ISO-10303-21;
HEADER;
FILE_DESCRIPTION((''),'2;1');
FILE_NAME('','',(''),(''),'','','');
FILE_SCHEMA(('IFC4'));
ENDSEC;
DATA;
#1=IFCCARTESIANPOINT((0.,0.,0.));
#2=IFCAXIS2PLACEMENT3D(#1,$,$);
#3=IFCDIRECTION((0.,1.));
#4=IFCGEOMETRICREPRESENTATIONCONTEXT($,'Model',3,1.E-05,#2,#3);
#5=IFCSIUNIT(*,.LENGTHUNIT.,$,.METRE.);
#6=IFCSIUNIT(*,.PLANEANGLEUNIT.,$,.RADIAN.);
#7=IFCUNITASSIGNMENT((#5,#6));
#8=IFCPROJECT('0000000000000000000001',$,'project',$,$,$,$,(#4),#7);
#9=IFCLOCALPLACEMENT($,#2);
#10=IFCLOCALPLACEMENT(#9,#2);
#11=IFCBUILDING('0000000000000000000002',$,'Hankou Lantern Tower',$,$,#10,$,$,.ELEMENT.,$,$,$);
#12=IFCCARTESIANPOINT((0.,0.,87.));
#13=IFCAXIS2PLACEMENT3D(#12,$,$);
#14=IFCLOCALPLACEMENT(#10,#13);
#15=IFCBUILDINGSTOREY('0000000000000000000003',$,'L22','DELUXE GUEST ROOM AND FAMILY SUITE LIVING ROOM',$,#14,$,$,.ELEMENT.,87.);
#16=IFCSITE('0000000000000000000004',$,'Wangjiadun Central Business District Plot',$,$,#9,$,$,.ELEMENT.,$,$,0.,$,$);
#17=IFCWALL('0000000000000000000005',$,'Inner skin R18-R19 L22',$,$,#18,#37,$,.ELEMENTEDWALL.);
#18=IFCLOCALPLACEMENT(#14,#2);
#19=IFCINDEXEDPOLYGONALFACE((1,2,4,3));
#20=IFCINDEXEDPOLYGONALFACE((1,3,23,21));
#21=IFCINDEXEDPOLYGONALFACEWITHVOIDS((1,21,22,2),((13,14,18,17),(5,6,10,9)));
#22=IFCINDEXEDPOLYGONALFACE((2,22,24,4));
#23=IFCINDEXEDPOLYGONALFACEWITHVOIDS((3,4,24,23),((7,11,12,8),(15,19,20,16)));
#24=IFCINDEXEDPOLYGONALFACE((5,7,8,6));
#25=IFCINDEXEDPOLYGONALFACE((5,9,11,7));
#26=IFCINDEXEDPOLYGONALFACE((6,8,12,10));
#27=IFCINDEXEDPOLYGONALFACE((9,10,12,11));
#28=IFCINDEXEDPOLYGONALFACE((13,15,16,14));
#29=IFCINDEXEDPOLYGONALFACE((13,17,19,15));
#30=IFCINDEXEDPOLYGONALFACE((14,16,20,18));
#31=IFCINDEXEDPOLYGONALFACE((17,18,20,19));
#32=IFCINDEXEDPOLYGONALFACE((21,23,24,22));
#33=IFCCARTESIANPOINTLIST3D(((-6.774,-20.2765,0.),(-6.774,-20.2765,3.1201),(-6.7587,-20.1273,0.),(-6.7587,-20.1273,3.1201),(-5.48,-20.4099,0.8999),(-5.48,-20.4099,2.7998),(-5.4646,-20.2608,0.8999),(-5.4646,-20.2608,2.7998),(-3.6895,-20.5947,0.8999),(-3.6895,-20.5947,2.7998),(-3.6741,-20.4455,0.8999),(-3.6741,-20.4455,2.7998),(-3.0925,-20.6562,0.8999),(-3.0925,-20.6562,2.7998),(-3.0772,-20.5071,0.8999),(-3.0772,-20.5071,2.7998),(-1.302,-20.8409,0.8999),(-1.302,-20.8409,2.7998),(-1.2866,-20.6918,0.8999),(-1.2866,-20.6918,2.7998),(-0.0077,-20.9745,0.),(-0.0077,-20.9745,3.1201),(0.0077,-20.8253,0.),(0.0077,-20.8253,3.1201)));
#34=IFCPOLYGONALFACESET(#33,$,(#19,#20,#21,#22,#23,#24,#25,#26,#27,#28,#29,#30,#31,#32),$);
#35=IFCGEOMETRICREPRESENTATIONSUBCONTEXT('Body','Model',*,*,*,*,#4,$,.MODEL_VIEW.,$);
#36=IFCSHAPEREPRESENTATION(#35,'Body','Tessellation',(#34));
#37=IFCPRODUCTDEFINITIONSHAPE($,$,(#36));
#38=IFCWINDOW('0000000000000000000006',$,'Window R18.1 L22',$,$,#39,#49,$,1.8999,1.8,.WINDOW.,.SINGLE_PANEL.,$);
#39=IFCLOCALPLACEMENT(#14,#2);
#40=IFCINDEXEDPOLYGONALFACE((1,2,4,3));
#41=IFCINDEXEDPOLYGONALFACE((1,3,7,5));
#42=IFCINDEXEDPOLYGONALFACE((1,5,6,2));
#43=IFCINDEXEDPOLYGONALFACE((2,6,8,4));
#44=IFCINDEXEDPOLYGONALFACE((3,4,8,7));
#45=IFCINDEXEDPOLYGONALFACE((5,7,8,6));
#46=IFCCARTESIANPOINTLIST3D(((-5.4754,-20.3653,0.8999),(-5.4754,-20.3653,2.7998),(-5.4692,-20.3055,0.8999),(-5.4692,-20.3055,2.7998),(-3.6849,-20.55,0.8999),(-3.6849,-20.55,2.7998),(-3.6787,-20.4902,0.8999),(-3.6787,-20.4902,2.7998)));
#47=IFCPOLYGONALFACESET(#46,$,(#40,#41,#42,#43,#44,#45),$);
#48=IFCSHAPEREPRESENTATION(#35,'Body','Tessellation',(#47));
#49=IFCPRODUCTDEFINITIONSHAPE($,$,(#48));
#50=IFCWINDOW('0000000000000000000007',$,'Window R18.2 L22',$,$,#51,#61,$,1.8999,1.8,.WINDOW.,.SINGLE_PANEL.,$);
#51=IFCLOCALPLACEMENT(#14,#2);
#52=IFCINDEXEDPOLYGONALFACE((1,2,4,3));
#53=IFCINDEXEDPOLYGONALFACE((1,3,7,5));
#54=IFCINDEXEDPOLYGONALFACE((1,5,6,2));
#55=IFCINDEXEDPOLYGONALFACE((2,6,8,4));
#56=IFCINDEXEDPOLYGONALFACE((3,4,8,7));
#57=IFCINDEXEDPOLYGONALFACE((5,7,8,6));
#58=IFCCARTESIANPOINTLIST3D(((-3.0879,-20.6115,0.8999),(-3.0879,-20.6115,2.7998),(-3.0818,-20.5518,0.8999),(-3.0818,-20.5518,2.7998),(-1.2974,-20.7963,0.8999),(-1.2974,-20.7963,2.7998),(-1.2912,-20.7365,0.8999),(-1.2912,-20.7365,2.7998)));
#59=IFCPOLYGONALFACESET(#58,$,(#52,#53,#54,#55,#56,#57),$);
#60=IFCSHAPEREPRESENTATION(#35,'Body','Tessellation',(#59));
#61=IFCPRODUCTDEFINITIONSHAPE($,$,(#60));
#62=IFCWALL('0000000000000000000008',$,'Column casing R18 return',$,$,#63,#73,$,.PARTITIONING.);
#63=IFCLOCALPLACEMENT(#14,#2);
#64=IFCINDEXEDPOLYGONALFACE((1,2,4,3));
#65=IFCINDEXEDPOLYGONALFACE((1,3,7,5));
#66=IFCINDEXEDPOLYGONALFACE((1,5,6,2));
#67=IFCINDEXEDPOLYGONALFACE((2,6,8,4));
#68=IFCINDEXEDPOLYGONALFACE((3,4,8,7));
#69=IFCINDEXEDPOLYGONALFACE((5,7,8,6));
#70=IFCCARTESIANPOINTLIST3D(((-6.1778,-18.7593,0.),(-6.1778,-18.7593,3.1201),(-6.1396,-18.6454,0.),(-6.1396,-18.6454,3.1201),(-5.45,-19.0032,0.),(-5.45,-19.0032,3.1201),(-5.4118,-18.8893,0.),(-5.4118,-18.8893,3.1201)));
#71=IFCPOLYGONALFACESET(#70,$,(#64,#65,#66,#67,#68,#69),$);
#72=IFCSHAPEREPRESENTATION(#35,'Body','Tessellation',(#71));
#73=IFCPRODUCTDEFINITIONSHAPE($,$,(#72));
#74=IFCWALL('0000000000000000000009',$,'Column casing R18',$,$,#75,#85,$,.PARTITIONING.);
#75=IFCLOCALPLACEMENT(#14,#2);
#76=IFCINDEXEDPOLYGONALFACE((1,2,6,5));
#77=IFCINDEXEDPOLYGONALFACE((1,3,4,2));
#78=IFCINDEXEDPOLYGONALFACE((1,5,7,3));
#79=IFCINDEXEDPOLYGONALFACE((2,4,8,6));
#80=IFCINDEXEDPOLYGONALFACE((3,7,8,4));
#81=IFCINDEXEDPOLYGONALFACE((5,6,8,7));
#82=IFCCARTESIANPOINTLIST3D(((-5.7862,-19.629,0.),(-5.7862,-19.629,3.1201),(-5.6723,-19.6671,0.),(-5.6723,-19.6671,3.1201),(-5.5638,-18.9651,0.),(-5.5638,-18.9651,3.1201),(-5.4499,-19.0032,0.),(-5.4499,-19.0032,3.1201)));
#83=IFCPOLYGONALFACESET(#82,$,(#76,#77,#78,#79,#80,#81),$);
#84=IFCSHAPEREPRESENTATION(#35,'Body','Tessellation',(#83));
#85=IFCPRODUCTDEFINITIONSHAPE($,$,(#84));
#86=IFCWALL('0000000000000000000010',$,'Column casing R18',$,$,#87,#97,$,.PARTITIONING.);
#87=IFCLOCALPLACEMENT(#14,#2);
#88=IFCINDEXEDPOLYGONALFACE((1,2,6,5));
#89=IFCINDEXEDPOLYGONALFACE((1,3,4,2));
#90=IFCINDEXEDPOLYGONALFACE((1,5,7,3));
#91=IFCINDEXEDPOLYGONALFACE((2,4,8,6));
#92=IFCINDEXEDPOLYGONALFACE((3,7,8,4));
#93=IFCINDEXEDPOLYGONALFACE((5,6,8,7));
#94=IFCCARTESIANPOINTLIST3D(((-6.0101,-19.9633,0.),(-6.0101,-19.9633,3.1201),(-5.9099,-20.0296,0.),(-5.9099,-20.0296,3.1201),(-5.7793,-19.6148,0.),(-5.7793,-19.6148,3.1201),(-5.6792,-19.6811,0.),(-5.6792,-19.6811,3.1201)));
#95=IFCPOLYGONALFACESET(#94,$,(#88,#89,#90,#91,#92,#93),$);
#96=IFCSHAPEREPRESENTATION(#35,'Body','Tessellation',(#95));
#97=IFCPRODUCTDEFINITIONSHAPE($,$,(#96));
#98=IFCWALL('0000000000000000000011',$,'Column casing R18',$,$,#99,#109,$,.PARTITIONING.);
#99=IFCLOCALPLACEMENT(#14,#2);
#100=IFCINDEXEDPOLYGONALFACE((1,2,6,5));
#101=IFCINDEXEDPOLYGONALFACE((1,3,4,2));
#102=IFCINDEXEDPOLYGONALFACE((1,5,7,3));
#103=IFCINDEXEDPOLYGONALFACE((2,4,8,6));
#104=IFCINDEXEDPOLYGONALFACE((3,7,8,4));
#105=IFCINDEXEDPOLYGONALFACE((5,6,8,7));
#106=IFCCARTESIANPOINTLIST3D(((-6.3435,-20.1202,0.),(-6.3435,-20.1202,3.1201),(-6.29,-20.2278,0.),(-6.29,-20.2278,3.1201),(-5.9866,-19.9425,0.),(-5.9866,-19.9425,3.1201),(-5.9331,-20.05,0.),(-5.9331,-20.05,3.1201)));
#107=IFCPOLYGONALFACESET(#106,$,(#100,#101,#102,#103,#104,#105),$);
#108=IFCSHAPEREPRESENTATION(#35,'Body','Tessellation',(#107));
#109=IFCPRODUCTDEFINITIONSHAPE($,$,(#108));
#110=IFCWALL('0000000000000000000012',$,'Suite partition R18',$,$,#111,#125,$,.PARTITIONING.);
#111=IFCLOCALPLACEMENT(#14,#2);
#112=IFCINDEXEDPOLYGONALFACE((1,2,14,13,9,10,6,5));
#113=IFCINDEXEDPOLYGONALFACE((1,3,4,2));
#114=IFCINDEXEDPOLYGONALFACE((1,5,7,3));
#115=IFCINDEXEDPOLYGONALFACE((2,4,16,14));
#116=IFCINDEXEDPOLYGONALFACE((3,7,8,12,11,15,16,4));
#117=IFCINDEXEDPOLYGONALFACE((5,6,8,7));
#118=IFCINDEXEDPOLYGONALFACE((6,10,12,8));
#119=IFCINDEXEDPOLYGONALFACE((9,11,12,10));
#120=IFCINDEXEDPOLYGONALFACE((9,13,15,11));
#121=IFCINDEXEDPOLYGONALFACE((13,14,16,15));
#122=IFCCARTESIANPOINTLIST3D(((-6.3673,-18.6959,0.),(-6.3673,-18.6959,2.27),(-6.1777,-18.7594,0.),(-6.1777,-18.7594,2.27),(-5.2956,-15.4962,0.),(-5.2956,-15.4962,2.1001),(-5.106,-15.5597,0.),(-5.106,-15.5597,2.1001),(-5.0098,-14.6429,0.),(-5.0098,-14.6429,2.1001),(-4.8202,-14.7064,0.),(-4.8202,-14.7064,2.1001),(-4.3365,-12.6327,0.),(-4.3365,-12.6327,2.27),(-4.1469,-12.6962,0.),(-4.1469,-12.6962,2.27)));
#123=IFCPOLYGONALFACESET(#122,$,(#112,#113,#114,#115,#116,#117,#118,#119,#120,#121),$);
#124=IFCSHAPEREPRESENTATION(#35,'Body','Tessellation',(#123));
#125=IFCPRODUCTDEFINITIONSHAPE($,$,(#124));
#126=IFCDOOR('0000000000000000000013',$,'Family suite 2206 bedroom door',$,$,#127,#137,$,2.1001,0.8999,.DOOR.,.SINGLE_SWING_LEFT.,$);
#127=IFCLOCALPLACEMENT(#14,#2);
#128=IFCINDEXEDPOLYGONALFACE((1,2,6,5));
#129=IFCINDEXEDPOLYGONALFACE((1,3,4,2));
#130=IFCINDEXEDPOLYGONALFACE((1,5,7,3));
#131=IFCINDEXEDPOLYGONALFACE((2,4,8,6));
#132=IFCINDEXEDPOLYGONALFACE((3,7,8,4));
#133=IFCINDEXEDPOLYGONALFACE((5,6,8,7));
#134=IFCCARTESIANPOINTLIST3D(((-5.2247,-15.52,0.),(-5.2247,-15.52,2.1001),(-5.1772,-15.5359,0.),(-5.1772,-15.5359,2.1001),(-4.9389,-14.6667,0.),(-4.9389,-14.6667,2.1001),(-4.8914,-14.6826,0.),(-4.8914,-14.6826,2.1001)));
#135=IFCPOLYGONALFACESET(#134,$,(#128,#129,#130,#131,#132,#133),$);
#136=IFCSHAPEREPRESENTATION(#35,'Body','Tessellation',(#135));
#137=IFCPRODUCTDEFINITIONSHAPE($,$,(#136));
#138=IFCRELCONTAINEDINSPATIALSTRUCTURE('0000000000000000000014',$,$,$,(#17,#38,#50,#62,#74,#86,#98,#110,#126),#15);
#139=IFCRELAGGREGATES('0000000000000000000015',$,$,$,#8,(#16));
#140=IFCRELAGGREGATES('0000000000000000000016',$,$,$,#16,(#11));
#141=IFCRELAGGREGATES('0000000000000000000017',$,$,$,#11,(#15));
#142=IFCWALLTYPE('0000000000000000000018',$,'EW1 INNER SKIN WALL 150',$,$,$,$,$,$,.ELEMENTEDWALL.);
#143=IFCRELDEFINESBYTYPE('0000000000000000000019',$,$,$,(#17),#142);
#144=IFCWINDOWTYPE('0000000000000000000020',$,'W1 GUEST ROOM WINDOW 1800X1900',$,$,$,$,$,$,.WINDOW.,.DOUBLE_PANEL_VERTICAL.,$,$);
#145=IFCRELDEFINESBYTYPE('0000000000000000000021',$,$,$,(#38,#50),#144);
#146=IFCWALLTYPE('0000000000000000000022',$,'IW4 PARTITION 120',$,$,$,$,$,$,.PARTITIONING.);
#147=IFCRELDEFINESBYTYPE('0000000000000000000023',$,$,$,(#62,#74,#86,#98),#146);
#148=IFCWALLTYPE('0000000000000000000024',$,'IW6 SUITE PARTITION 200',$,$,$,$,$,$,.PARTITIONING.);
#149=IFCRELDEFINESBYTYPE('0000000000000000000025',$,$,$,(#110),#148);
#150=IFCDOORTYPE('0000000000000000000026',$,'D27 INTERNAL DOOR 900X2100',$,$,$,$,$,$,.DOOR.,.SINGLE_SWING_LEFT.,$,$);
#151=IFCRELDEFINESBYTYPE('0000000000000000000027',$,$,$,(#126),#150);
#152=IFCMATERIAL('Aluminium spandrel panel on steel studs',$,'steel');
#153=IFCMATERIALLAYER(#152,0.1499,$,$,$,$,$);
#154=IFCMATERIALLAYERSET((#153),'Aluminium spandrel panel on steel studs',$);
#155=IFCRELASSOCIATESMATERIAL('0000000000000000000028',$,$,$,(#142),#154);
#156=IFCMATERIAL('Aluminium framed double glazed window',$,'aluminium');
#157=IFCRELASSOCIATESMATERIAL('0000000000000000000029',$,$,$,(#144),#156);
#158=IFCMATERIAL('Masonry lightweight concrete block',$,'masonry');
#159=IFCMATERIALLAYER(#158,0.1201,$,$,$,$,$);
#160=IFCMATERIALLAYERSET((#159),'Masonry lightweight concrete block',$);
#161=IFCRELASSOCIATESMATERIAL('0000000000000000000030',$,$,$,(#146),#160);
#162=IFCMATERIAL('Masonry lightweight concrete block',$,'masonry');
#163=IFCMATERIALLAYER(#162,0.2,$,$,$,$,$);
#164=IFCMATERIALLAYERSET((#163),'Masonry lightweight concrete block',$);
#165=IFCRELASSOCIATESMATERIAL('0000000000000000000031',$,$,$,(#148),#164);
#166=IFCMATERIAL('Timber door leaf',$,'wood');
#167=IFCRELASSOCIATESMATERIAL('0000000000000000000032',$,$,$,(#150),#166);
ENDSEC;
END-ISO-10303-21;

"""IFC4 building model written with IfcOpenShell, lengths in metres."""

from ifc_helpers import new_model, si_unit, direction, frame, frame_2d, origin, place, context, subcontext, project, spatial, rectangle, extrude, material, layer, layer_set, type_object, element, fill, save


model = new_model("IFC4")

# Units and contexts
model_context = context("Model", 3, precision=1e-05, world=origin(), true_north=direction((0.0, 1.0)))
body_context = subcontext(model_context, "Body", "Model", "MODEL_VIEW")
ifc_project = project(units=[si_unit("LENGTHUNIT", "METRE"), si_unit("PLANEANGLEUNIT", "RADIAN")], contexts=[model_context])

# Site, building, storey
site_placement = place(None, origin())
site = spatial("IfcSite", under=ifc_project, at=site_placement, Name="Wangjiadun Central Business District Plot", CompositionType="ELEMENT", RefElevation=0.0)
building_placement = place(site_placement, origin())
building = spatial("IfcBuilding", under=site, at=building_placement, Name="Hankou Lantern Tower", CompositionType="ELEMENT")
storey_placement = place(building_placement, frame((0.0, 0.0, 87.0)))
storey = spatial("IfcBuildingStorey", under=building, at=storey_placement, Name="L22", Description="DELUXE GUEST ROOM AND FAMILY SUITE LIVING ROOM", CompositionType="ELEMENT", Elevation=87.0)

# Wall, openings, windows
ifc_material_1 = material(Name="Aluminium spandrel panel on steel studs", Category="steel")
ifc_layer_1 = layer(ifc_material_1, 0.1499)
ifc_layer_set_1 = layer_set([ifc_layer_1], Name="Aluminium spandrel panel on steel studs")
wall_type_1 = type_object("IfcWallType", Name="EW1 INNER SKIN WALL 150", PredefinedType="ELEMENTEDWALL", material=ifc_layer_set_1)
wall_1_placement = place(storey_placement, frame((-6.7664, -20.2019, 0.0), z_axis=(0.0, 0.0, 1.0), x_axis=(0.994721, -0.102613, 0.0)))
wall_1 = element("IfcWall", 1, at=wall_1_placement, inside=storey, type_object=wall_type_1, Name="Inner skin R18-R19 L22", PredefinedType="ELEMENTEDWALL", context=body_context, shape_type="SweptSolid", body=[
    extrude(rectangle(XDim=6.8022, YDim=0.1499, at=frame_2d((3.4011, 0.0))), origin(), (0.0, 0.0, 1.0), 3.1201),
])
opening_1_placement = place(wall_1_placement, frame((1.301, 0.0, 0.8999)))
opening_1 = element("IfcOpeningElement", 2, at=opening_1_placement, cuts=wall_1, PredefinedType="OPENING", context=body_context, shape_type="SweptSolid", body=[
    extrude(rectangle(XDim=1.8, YDim=1.8999, at=frame_2d((0.8999, 0.95))), frame((0.0, 0.085, 0.0), z_axis=(0.0, -1.0, 0.0), x_axis=(1.0, 0.0, 0.0)), (0.0, 0.0, 1.0), 0.1699),
])
opening_2_placement = place(wall_1_placement, frame((3.7012, 0.0, 0.8999)))
opening_2 = element("IfcOpeningElement", 3, at=opening_2_placement, cuts=wall_1, PredefinedType="OPENING", context=body_context, shape_type="SweptSolid", body=[
    extrude(rectangle(XDim=1.8, YDim=1.8999, at=frame_2d((0.8999, 0.95))), frame((0.0, 0.085, 0.0), z_axis=(0.0, -1.0, 0.0), x_axis=(1.0, 0.0, 0.0)), (0.0, 0.0, 1.0), 0.1699),
])
ifc_material_2 = material(Name="Aluminium framed double glazed window", Category="aluminium")
window_type = type_object("IfcWindowType", Name="W1 GUEST ROOM WINDOW 1800X1900", PartitioningType="DOUBLE_PANEL_VERTICAL", PredefinedType="WINDOW", material=ifc_material_2)
window_1_placement = place(opening_1_placement, origin())
window_1 = element("IfcWindow", 4, at=window_1_placement, inside=storey, type_object=window_type, Name="Window R18.1 L22", OverallHeight=1.8999, OverallWidth=1.8, PartitioningType="SINGLE_PANEL", PredefinedType="WINDOW", context=body_context, shape_type="SweptSolid", body=[
    extrude(rectangle(XDim=1.8, YDim=1.8999, at=frame_2d((0.8999, 0.95))), frame((0.0, 0.03, 0.0), z_axis=(0.0, -1.0, 0.0), x_axis=(1.0, 0.0, 0.0)), (0.0, 0.0, 1.0), 0.0601),
])
fill(opening_1, window_1)
window_2_placement = place(opening_2_placement, origin())
window_2 = element("IfcWindow", 5, at=window_2_placement, inside=storey, type_object=window_type, Name="Window R18.2 L22", OverallHeight=1.8999, OverallWidth=1.8, PartitioningType="SINGLE_PANEL", PredefinedType="WINDOW", context=body_context, shape_type="SweptSolid", body=[
    extrude(rectangle(XDim=1.8, YDim=1.8999, at=frame_2d((0.8999, 0.95))), frame((0.0, 0.03, 0.0), z_axis=(0.0, -1.0, 0.0), x_axis=(1.0, 0.0, 0.0)), (0.0, 0.0, 1.0), 0.0601),
])
fill(opening_2, window_2)

# Walls
ifc_material_3 = material(Name="Masonry lightweight concrete block", Category="masonry")
ifc_layer_2 = layer(ifc_material_3, 0.1201)
ifc_layer_set_2 = layer_set([ifc_layer_2], Name="Masonry lightweight concrete block")
wall_type_2 = type_object("IfcWallType", Name="IW4 PARTITION 120", PredefinedType="PARTITIONING", material=ifc_layer_set_2)
wall_2_placement = place(storey_placement, frame((-6.1587, -18.7024, 0.0), z_axis=(0.0, 0.0, 1.0), x_axis=(0.948173, -0.317754, 0.0)))
element("IfcWall", 6, at=wall_2_placement, inside=storey, type_object=wall_type_2, Name="Column casing R18 return", PredefinedType="PARTITIONING", context=body_context, shape_type="SweptSolid", body=[
    extrude(rectangle(XDim=0.7676, YDim=0.1201, at=frame_2d((0.3838, 0.0))), origin(), (0.0, 0.0, 1.0), 3.1201),
])
wall_3_placement = place(storey_placement, frame((-5.5068, -18.9841, 0.0), z_axis=(0.0, 0.0, 1.0), x_axis=(-0.317692, -0.948194, 0.0)))
element("IfcWall", 7, at=wall_3_placement, inside=storey, type_object=wall_type_2, Name="Column casing R18", PredefinedType="PARTITIONING", context=body_context, shape_type="SweptSolid", body=[
    extrude(rectangle(XDim=0.7002, YDim=0.1201, at=frame_2d((0.3501, 0.0))), origin(), (0.0, 0.0, 1.0), 3.1201),
])
wall_4_placement = place(storey_placement, frame((-5.7292, -19.6479, 0.0), z_axis=(0.0, 0.0, 1.0), x_axis=(-0.552136, -0.833754, 0.0)))
element("IfcWall", 8, at=wall_4_placement, inside=storey, type_object=wall_type_2, Name="Column casing R18", PredefinedType="PARTITIONING", context=body_context, shape_type="SweptSolid", body=[
    extrude(rectangle(XDim=0.418, YDim=0.1201, at=frame_2d((0.209, 0.0))), origin(), (0.0, 0.0, 1.0), 3.1201),
])
wall_5_placement = place(storey_placement, frame((-5.96, -19.9963, 0.0), z_axis=(0.0, 0.0, 1.0), x_axis=(-0.895161, -0.445744, 0.0)))
element("IfcWall", 9, at=wall_5_placement, inside=storey, type_object=wall_type_2, Name="Column casing R18", PredefinedType="PARTITIONING", context=body_context, shape_type="SweptSolid", body=[
    extrude(rectangle(XDim=0.3987, YDim=0.1201, at=frame_2d((0.1992, 0.0))), origin(), (0.0, 0.0, 1.0), 3.1201),
])

# Wall, opening, door
ifc_material_4 = material(Name="Masonry lightweight concrete block", Category="masonry")
ifc_layer_3 = layer(ifc_material_4, 0.2)
ifc_layer_set_3 = layer_set([ifc_layer_3], Name="Masonry lightweight concrete block")
wall_type_3 = type_object("IfcWallType", Name="IW6 SUITE PARTITION 200", PredefinedType="PARTITIONING", material=ifc_layer_set_3)
wall_6_placement = place(storey_placement, frame((-4.2417, -12.6643, 0.0), z_axis=(0.0, 0.0, 1.0), x_axis=(-0.317591, -0.948228, 0.0)))
wall_6 = element("IfcWall", 10, at=wall_6_placement, inside=storey, type_object=wall_type_3, Name="Suite partition R18", PredefinedType="PARTITIONING", context=body_context, shape_type="SweptSolid", body=[
    extrude(rectangle(XDim=6.3943, YDim=0.2, at=frame_2d((3.1973, 0.0))), origin(), (0.0, 0.0, 1.0), 2.27),
])
opening_3_placement = place(wall_6_placement, frame((2.1201, 0.0, 0.0)))
opening_3 = element("IfcOpeningElement", 11, at=opening_3_placement, cuts=wall_6, PredefinedType="OPENING", context=body_context, shape_type="SweptSolid", body=[
    extrude(rectangle(XDim=0.8999, YDim=2.1001, at=frame_2d((0.45, 1.05))), frame((0.0, 0.1099, 0.0), z_axis=(0.0, -1.0, 0.0), x_axis=(1.0, 0.0, 0.0)), (0.0, 0.0, 1.0), 0.22),
])
ifc_material_5 = material(Name="Timber door leaf", Category="wood")
door_type = type_object("IfcDoorType", Name="D27 INTERNAL DOOR 900X2100", OperationType="SINGLE_SWING_LEFT", PredefinedType="DOOR", material=ifc_material_5)
door_placement = place(opening_3_placement, origin())
door = element("IfcDoor", 12, at=door_placement, inside=storey, type_object=door_type, Name="Family suite 2206 bedroom door", OperationType="SINGLE_SWING_LEFT", OverallHeight=2.1001, OverallWidth=0.8999, PredefinedType="DOOR", context=body_context, shape_type="SweptSolid", body=[
    extrude(rectangle(XDim=0.8999, YDim=2.1001, at=frame_2d((0.45, 1.05))), frame((0.0, 0.0249, 0.0), z_axis=(0.0, -1.0, 0.0), x_axis=(1.0, 0.0, 0.0)), (0.0, 0.0, 1.0), 0.05),
])
fill(opening_3, door)

save(model, "model.ifc")
